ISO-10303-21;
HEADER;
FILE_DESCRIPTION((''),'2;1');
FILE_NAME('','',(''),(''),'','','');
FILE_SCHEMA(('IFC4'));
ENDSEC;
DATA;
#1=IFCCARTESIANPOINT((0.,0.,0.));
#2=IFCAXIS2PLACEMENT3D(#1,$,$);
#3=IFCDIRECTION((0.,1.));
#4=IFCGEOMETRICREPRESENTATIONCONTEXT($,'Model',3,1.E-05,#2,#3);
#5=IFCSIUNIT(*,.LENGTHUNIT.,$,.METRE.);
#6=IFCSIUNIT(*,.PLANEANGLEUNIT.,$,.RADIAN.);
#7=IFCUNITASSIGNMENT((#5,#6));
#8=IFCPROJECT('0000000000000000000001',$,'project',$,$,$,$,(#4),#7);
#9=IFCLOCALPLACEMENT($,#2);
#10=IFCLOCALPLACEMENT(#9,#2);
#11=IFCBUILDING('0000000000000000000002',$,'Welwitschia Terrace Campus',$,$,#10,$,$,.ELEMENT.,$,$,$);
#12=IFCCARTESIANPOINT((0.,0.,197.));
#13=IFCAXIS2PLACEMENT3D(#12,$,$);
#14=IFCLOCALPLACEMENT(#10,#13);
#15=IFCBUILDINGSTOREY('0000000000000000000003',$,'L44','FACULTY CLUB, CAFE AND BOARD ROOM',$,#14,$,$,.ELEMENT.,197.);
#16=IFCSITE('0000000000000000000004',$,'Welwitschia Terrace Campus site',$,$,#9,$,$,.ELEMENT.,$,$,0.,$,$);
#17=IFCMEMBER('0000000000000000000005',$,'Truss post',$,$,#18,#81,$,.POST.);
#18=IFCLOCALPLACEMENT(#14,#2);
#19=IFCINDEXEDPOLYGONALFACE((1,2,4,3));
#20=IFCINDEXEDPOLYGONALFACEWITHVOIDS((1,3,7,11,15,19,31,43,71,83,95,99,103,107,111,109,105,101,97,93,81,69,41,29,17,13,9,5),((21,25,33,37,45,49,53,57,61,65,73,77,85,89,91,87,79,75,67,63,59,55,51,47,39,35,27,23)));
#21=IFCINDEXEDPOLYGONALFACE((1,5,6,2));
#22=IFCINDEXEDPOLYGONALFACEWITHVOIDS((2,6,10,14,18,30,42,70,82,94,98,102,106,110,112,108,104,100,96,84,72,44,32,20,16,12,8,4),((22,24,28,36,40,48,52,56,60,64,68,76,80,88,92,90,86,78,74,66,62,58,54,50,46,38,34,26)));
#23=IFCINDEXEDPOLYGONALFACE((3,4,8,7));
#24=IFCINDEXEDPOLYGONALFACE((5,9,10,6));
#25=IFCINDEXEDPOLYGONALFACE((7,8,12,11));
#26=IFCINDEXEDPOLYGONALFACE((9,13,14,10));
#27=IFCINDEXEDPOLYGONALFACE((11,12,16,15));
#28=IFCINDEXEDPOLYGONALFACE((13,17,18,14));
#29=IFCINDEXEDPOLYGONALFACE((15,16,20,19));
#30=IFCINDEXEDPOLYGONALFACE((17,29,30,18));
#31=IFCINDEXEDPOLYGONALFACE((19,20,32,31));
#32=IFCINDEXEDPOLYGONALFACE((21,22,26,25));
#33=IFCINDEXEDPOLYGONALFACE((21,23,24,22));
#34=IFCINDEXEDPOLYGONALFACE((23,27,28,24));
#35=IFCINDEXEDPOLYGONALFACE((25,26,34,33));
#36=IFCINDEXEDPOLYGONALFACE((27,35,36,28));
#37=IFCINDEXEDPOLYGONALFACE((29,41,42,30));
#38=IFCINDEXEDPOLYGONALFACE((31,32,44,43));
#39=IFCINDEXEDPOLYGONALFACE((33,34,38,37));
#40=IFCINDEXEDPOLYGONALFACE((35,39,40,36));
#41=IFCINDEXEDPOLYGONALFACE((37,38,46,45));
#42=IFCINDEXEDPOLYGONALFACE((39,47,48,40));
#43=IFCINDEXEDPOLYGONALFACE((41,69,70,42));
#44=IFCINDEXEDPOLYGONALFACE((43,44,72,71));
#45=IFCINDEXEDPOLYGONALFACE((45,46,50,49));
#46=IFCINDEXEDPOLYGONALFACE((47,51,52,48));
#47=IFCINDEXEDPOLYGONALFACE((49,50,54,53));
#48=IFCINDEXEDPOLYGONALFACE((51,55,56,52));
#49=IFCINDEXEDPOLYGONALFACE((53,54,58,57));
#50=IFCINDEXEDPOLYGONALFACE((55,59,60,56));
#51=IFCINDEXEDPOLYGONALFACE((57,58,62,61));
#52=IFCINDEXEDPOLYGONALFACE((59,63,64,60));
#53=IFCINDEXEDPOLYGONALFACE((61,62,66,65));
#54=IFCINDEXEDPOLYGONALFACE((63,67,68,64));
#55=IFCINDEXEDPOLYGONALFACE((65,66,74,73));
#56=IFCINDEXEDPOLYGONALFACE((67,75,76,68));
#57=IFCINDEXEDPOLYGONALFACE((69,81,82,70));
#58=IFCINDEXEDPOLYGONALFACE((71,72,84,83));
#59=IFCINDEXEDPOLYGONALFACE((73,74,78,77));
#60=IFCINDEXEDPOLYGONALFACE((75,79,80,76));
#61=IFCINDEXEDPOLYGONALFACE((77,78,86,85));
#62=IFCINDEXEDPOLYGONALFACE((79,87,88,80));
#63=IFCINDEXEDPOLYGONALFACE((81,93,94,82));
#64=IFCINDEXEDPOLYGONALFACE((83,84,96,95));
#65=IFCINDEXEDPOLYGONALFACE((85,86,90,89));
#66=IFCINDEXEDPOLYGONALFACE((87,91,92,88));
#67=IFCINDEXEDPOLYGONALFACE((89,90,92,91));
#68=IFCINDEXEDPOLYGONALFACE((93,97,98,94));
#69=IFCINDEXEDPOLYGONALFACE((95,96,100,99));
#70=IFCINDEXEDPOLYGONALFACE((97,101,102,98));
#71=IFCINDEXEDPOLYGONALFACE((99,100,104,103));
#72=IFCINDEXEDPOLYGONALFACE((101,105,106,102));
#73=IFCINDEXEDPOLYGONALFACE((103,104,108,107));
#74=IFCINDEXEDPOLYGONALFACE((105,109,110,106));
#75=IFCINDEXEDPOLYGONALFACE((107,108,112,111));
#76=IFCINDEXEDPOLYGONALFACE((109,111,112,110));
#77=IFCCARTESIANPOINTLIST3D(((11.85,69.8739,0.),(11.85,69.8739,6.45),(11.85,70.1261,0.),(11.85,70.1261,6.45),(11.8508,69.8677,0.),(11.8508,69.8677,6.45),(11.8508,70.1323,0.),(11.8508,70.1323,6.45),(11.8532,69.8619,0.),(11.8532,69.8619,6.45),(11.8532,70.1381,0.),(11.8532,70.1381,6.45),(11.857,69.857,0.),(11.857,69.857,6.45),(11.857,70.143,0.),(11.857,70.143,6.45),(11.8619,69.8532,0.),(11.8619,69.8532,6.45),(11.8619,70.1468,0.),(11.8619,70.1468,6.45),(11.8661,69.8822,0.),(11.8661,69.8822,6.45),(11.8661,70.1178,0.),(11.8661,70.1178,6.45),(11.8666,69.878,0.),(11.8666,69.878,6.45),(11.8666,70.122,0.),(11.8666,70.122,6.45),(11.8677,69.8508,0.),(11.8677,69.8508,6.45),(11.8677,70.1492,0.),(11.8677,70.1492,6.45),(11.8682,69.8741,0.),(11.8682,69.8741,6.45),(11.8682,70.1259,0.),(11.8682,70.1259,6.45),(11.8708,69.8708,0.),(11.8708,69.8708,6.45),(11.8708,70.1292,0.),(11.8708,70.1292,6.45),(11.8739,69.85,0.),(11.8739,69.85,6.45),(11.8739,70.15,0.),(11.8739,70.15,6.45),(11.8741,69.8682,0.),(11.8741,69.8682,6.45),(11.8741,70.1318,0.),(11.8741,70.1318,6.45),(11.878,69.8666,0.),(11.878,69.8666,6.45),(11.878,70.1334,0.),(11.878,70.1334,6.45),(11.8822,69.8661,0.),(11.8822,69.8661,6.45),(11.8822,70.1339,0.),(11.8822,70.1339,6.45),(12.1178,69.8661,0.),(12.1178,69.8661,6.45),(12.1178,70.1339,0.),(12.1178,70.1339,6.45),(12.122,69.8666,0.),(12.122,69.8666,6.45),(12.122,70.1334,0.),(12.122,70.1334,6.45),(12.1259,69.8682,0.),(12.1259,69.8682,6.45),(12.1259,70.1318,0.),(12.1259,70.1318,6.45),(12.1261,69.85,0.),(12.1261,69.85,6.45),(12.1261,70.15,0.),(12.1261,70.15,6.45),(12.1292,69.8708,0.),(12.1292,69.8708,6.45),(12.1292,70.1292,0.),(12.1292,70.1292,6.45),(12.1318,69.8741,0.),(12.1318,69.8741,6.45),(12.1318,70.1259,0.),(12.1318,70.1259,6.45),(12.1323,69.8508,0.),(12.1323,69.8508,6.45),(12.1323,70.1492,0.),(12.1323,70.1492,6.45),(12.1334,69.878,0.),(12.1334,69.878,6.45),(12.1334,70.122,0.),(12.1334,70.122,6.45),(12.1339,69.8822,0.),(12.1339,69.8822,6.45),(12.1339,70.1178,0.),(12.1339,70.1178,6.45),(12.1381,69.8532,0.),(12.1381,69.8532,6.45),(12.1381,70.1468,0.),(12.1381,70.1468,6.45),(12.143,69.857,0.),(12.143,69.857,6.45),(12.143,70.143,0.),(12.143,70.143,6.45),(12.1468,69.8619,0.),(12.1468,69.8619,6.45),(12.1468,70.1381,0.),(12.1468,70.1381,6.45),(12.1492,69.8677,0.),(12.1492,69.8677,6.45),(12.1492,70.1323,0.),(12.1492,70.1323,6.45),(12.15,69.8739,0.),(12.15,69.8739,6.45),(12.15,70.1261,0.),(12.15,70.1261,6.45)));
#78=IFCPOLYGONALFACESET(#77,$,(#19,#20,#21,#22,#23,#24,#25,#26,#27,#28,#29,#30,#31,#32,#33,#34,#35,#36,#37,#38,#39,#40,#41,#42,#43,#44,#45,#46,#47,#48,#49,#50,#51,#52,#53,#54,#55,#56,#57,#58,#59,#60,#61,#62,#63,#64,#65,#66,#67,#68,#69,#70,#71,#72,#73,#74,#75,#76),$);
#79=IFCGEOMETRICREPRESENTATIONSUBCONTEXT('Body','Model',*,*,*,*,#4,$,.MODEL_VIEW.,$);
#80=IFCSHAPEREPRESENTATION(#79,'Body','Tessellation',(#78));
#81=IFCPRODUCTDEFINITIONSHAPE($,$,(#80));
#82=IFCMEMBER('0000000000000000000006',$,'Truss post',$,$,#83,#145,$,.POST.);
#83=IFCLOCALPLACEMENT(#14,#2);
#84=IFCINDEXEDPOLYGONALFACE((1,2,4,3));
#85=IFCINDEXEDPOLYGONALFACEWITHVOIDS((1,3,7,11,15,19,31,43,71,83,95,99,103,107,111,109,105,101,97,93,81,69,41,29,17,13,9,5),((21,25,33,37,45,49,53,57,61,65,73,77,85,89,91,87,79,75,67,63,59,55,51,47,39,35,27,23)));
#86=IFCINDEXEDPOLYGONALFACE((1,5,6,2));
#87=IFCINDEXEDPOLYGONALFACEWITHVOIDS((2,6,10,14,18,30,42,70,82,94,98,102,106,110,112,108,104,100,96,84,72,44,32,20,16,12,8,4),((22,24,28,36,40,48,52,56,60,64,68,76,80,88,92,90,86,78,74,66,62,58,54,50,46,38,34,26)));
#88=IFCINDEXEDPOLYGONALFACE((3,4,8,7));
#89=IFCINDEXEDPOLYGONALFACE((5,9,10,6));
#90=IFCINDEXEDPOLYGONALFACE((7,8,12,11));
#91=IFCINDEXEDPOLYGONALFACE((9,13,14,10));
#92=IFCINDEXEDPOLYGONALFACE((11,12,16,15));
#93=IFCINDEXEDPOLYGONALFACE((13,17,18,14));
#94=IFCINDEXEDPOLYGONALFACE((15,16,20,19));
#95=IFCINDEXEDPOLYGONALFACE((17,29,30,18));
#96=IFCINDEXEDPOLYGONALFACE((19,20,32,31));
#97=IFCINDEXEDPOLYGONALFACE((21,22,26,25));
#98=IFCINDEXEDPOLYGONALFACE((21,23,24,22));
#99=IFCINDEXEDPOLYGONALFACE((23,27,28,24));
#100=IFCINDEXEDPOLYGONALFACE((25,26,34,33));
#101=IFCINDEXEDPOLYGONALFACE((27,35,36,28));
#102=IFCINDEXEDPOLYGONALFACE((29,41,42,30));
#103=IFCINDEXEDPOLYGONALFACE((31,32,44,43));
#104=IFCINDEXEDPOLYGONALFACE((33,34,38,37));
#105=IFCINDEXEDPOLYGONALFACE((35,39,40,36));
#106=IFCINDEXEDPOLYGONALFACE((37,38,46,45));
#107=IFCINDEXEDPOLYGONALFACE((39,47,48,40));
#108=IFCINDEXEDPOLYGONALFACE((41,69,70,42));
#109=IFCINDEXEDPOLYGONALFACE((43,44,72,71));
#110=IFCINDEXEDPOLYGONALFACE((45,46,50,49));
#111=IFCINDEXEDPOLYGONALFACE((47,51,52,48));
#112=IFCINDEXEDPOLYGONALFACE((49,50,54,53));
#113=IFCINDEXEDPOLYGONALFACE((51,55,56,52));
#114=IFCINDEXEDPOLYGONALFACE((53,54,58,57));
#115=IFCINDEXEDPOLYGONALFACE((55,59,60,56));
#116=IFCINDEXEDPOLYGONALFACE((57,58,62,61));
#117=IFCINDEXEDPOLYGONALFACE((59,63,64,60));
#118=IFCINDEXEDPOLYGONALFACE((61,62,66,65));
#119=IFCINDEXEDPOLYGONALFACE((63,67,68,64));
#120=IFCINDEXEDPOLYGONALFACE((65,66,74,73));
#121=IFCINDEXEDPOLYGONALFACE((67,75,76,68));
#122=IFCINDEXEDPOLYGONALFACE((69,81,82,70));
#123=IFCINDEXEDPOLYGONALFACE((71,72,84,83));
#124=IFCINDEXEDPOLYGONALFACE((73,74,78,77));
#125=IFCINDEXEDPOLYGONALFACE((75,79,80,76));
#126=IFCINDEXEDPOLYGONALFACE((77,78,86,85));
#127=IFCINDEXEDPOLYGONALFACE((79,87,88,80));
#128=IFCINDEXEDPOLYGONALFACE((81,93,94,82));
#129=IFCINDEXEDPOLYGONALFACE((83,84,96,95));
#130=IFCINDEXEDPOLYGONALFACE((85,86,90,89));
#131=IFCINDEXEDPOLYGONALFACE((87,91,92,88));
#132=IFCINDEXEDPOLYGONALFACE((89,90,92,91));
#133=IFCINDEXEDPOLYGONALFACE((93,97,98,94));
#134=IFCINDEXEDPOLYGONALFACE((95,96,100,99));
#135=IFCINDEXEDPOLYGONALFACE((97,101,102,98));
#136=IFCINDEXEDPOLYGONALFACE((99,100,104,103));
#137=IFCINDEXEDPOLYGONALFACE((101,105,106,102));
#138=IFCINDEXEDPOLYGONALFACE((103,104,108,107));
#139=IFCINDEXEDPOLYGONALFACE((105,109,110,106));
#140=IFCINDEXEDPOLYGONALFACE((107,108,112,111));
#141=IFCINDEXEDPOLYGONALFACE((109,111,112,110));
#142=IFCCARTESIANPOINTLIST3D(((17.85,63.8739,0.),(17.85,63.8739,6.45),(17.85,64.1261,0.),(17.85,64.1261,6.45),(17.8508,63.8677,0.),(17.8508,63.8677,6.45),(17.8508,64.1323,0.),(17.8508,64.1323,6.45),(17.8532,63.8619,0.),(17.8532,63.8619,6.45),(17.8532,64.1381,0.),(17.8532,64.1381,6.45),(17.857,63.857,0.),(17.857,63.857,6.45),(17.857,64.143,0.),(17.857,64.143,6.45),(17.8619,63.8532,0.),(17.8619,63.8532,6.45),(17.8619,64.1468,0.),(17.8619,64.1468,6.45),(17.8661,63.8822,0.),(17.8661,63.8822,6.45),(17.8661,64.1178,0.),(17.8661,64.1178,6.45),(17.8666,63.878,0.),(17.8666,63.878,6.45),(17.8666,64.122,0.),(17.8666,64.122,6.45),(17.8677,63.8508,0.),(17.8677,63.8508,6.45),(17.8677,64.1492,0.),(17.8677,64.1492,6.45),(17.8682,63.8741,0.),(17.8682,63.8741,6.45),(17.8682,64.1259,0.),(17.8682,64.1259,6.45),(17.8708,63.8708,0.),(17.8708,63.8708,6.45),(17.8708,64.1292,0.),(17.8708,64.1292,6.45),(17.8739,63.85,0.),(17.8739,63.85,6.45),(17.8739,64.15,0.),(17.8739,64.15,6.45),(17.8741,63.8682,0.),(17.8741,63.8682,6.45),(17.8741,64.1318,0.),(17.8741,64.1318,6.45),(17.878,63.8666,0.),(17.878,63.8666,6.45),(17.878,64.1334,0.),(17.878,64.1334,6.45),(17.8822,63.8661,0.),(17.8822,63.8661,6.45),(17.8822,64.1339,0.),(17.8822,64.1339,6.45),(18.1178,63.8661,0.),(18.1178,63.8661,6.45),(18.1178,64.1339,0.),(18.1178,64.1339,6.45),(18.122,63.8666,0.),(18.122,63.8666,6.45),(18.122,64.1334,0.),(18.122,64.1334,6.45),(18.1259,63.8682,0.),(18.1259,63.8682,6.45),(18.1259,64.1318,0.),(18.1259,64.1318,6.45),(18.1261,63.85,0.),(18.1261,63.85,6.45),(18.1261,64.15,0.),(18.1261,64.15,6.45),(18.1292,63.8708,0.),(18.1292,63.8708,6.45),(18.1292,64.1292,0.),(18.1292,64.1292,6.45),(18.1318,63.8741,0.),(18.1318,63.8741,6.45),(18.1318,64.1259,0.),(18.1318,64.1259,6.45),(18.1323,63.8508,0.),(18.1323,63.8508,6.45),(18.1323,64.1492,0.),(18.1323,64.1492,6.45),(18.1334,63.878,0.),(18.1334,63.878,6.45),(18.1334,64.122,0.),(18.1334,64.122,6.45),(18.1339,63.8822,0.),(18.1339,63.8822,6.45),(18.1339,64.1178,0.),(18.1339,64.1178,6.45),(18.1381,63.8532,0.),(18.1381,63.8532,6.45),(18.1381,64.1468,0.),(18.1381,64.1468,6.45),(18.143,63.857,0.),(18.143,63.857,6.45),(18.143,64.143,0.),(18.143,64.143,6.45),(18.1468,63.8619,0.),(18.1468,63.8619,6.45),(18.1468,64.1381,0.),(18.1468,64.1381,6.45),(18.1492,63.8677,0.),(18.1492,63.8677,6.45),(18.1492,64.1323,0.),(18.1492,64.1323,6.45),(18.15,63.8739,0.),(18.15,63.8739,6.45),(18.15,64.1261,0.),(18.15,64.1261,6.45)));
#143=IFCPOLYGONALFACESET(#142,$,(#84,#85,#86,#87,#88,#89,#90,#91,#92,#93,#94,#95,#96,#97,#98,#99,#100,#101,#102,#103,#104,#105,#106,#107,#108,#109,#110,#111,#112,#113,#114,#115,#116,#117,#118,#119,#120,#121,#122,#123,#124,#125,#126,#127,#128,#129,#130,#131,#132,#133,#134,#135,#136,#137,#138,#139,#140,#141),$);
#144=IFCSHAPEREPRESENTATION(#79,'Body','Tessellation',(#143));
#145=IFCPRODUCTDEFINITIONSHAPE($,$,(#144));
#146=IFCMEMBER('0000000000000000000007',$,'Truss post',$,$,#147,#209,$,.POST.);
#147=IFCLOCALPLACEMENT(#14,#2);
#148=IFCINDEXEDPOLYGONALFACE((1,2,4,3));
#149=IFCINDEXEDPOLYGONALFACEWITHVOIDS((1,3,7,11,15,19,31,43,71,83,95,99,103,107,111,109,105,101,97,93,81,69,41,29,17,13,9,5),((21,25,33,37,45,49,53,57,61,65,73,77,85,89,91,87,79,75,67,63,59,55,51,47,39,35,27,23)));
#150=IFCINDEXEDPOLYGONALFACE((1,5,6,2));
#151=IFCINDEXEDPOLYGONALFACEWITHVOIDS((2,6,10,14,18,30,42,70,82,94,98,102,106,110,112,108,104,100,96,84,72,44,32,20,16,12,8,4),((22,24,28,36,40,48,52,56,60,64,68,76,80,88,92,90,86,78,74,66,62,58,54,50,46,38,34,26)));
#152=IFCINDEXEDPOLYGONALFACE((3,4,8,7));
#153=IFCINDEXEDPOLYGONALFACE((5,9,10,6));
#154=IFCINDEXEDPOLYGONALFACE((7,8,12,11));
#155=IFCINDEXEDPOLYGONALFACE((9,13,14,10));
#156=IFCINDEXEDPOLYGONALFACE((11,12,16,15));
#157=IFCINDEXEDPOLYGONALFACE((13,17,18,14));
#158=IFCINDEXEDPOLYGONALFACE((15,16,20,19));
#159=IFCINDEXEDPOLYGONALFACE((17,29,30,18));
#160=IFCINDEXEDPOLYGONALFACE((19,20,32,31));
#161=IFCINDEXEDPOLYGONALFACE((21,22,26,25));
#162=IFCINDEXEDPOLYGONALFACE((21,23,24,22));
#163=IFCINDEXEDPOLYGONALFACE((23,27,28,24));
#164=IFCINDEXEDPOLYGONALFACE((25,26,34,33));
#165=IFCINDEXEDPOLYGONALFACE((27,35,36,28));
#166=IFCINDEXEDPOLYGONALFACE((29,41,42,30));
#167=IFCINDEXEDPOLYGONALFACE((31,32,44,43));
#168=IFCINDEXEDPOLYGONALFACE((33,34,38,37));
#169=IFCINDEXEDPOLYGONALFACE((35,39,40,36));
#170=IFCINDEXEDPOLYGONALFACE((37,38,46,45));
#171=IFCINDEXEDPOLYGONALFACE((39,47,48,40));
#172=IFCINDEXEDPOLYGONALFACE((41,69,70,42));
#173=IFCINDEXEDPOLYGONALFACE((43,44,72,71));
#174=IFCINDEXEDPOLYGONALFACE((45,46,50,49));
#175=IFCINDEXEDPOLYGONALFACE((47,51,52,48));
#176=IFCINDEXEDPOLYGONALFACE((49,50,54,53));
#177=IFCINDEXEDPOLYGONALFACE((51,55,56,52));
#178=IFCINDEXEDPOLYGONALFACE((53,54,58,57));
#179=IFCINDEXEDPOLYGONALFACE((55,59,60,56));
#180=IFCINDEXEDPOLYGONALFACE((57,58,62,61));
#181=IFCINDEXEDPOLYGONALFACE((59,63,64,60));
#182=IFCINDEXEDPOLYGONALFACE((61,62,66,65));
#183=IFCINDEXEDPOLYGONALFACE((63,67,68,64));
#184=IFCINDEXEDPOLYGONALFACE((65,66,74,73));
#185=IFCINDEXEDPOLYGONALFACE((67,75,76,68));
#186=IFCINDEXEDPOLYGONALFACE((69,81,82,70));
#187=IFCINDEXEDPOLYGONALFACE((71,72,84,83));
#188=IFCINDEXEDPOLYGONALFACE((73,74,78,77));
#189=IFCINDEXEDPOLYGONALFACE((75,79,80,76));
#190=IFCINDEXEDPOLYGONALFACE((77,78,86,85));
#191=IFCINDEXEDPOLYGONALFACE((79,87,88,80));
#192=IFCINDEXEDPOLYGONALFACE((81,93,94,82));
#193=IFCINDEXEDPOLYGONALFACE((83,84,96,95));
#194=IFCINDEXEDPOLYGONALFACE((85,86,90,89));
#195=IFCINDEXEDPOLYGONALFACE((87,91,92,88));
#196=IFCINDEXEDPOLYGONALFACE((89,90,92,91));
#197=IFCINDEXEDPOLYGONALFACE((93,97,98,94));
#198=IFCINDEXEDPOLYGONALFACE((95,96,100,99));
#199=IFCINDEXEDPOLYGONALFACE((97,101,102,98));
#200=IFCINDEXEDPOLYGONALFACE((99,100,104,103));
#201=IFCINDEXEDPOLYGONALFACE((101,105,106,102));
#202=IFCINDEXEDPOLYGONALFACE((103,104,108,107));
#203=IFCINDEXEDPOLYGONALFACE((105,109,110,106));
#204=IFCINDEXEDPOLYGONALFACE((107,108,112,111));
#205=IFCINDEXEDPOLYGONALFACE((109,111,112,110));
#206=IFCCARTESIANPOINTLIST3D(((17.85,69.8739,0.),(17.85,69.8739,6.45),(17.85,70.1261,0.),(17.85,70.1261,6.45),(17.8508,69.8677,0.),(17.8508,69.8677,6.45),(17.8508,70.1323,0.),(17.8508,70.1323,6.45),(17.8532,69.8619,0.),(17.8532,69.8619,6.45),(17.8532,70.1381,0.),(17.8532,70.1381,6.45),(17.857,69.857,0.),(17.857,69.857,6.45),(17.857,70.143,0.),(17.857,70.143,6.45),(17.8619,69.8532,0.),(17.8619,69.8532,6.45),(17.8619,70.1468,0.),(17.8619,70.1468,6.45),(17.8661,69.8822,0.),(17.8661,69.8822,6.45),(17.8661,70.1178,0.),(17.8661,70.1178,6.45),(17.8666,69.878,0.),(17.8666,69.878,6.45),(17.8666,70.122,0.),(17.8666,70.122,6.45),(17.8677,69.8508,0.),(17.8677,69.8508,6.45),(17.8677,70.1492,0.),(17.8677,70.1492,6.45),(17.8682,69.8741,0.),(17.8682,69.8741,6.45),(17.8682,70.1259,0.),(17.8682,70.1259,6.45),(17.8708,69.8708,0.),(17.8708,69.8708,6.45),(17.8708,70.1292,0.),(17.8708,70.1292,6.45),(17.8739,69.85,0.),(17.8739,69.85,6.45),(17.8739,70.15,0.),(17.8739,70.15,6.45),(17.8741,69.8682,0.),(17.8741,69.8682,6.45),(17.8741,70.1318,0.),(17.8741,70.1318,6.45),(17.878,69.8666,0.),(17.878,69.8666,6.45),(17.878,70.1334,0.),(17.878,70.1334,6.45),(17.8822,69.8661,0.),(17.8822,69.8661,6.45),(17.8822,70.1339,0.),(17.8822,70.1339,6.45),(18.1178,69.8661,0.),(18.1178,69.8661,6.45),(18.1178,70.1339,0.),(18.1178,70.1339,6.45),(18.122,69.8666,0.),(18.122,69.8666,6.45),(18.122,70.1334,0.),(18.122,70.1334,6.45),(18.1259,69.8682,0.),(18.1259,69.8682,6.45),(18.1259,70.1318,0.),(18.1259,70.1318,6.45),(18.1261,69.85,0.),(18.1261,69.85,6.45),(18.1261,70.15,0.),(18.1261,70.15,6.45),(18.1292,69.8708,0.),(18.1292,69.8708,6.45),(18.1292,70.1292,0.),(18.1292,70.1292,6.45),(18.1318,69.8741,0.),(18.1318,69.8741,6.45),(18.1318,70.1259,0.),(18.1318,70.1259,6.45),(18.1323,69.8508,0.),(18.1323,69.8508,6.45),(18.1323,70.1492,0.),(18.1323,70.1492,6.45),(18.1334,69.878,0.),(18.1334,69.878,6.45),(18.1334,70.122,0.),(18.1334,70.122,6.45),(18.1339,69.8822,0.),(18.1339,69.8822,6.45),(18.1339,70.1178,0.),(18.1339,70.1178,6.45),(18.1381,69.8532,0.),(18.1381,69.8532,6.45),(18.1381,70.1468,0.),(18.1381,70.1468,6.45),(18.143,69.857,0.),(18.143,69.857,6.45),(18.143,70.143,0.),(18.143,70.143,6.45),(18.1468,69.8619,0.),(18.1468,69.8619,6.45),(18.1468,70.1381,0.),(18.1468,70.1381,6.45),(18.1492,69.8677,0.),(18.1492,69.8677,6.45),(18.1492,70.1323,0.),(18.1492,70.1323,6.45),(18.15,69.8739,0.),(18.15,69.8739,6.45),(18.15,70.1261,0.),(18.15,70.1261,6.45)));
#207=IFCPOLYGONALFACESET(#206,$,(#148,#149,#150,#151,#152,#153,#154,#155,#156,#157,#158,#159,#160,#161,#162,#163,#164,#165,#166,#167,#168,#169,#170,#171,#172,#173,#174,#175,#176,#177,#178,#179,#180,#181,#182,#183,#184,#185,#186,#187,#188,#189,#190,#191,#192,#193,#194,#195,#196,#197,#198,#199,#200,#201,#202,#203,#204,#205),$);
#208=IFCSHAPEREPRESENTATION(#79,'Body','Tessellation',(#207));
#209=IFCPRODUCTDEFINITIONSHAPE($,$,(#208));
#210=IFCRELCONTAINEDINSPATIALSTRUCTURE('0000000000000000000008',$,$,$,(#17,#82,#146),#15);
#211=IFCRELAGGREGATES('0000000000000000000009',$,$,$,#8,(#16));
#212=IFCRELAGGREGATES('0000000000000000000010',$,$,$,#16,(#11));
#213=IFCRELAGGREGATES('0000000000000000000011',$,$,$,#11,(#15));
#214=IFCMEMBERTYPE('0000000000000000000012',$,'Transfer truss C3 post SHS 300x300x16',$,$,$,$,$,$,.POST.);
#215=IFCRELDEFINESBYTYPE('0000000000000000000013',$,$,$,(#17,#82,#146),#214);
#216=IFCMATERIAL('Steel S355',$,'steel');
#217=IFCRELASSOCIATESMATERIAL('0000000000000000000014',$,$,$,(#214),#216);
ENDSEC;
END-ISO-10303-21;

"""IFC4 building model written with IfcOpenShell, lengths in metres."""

from ifc_helpers import new_model, si_unit, direction, frame, origin, origin_2d, place, context, subcontext, project, spatial, hollow_rectangle, extrude, material, material_profile, profile_set, type_object, element, save


model = new_model("IFC4")

# Units and contexts
model_context = context("Model", 3, precision=1e-05, world=origin(), true_north=direction((0.0, 1.0)))
body_context = subcontext(model_context, "Body", "Model", "MODEL_VIEW")
ifc_project = project(units=[si_unit("LENGTHUNIT", "METRE"), si_unit("PLANEANGLEUNIT", "RADIAN")], contexts=[model_context])

# Site, building, storey
site_placement = place(None, origin())
site = spatial("IfcSite", under=ifc_project, at=site_placement, Name="Welwitschia Terrace Campus site", CompositionType="ELEMENT", RefElevation=0.0)
building_placement = place(site_placement, origin())
building = spatial("IfcBuilding", under=site, at=building_placement, Name="Welwitschia Terrace Campus", CompositionType="ELEMENT")
storey_placement = place(building_placement, frame((0.0, 0.0, 197.0)))
storey = spatial("IfcBuildingStorey", under=building, at=storey_placement, Name="L44", Description="FACULTY CLUB, CAFE AND BOARD ROOM", CompositionType="ELEMENT", Elevation=197.0)

# Members
ifc_material_1 = material(Name="Steel S355", Category="steel")
ifc_material_profile_1 = material_profile(ifc_material_1, hollow_rectangle(XDim=0.3, YDim=0.3, WallThickness=0.0161, InnerFilletRadius=0.0161, OuterFilletRadius=0.0239, at=origin_2d()))
ifc_profile_set_1 = profile_set([ifc_material_profile_1], Name="Steel S355")
member_type_1 = type_object("IfcMemberType", Name="Transfer truss C3 post SHS 300x300x16", PredefinedType="POST", material=ifc_profile_set_1)
for number, where, z_axis, x_axis, name in (
    (1, (12.0, 70.0, 0.0), (0.0, 0.0, 1.0), (1.0, 0.0, 0.0), "Truss post"),
    (2, (18.0, 64.0, 0.0), (0.0, 0.0, 1.0), (1.0, 0.0, 0.0), "Truss post"),
    (3, (18.0, 70.0, 0.0), (0.0, 0.0, 1.0), (1.0, 0.0, 0.0), "Truss post"),
):
    element("IfcMember", number, at=place(storey_placement, frame(where, z_axis=z_axis, x_axis=x_axis)), inside=storey, type_object=member_type_1, Name=name, PredefinedType="POST", context=body_context, shape_type="SweptSolid", body=[
        extrude(hollow_rectangle(XDim=0.3, YDim=0.3, WallThickness=0.0161, InnerFilletRadius=0.0161, OuterFilletRadius=0.0239, at=origin_2d()), origin(), (0.0, 0.0, 1.0), 6.45),
    ])

save(model, "model.ifc")
